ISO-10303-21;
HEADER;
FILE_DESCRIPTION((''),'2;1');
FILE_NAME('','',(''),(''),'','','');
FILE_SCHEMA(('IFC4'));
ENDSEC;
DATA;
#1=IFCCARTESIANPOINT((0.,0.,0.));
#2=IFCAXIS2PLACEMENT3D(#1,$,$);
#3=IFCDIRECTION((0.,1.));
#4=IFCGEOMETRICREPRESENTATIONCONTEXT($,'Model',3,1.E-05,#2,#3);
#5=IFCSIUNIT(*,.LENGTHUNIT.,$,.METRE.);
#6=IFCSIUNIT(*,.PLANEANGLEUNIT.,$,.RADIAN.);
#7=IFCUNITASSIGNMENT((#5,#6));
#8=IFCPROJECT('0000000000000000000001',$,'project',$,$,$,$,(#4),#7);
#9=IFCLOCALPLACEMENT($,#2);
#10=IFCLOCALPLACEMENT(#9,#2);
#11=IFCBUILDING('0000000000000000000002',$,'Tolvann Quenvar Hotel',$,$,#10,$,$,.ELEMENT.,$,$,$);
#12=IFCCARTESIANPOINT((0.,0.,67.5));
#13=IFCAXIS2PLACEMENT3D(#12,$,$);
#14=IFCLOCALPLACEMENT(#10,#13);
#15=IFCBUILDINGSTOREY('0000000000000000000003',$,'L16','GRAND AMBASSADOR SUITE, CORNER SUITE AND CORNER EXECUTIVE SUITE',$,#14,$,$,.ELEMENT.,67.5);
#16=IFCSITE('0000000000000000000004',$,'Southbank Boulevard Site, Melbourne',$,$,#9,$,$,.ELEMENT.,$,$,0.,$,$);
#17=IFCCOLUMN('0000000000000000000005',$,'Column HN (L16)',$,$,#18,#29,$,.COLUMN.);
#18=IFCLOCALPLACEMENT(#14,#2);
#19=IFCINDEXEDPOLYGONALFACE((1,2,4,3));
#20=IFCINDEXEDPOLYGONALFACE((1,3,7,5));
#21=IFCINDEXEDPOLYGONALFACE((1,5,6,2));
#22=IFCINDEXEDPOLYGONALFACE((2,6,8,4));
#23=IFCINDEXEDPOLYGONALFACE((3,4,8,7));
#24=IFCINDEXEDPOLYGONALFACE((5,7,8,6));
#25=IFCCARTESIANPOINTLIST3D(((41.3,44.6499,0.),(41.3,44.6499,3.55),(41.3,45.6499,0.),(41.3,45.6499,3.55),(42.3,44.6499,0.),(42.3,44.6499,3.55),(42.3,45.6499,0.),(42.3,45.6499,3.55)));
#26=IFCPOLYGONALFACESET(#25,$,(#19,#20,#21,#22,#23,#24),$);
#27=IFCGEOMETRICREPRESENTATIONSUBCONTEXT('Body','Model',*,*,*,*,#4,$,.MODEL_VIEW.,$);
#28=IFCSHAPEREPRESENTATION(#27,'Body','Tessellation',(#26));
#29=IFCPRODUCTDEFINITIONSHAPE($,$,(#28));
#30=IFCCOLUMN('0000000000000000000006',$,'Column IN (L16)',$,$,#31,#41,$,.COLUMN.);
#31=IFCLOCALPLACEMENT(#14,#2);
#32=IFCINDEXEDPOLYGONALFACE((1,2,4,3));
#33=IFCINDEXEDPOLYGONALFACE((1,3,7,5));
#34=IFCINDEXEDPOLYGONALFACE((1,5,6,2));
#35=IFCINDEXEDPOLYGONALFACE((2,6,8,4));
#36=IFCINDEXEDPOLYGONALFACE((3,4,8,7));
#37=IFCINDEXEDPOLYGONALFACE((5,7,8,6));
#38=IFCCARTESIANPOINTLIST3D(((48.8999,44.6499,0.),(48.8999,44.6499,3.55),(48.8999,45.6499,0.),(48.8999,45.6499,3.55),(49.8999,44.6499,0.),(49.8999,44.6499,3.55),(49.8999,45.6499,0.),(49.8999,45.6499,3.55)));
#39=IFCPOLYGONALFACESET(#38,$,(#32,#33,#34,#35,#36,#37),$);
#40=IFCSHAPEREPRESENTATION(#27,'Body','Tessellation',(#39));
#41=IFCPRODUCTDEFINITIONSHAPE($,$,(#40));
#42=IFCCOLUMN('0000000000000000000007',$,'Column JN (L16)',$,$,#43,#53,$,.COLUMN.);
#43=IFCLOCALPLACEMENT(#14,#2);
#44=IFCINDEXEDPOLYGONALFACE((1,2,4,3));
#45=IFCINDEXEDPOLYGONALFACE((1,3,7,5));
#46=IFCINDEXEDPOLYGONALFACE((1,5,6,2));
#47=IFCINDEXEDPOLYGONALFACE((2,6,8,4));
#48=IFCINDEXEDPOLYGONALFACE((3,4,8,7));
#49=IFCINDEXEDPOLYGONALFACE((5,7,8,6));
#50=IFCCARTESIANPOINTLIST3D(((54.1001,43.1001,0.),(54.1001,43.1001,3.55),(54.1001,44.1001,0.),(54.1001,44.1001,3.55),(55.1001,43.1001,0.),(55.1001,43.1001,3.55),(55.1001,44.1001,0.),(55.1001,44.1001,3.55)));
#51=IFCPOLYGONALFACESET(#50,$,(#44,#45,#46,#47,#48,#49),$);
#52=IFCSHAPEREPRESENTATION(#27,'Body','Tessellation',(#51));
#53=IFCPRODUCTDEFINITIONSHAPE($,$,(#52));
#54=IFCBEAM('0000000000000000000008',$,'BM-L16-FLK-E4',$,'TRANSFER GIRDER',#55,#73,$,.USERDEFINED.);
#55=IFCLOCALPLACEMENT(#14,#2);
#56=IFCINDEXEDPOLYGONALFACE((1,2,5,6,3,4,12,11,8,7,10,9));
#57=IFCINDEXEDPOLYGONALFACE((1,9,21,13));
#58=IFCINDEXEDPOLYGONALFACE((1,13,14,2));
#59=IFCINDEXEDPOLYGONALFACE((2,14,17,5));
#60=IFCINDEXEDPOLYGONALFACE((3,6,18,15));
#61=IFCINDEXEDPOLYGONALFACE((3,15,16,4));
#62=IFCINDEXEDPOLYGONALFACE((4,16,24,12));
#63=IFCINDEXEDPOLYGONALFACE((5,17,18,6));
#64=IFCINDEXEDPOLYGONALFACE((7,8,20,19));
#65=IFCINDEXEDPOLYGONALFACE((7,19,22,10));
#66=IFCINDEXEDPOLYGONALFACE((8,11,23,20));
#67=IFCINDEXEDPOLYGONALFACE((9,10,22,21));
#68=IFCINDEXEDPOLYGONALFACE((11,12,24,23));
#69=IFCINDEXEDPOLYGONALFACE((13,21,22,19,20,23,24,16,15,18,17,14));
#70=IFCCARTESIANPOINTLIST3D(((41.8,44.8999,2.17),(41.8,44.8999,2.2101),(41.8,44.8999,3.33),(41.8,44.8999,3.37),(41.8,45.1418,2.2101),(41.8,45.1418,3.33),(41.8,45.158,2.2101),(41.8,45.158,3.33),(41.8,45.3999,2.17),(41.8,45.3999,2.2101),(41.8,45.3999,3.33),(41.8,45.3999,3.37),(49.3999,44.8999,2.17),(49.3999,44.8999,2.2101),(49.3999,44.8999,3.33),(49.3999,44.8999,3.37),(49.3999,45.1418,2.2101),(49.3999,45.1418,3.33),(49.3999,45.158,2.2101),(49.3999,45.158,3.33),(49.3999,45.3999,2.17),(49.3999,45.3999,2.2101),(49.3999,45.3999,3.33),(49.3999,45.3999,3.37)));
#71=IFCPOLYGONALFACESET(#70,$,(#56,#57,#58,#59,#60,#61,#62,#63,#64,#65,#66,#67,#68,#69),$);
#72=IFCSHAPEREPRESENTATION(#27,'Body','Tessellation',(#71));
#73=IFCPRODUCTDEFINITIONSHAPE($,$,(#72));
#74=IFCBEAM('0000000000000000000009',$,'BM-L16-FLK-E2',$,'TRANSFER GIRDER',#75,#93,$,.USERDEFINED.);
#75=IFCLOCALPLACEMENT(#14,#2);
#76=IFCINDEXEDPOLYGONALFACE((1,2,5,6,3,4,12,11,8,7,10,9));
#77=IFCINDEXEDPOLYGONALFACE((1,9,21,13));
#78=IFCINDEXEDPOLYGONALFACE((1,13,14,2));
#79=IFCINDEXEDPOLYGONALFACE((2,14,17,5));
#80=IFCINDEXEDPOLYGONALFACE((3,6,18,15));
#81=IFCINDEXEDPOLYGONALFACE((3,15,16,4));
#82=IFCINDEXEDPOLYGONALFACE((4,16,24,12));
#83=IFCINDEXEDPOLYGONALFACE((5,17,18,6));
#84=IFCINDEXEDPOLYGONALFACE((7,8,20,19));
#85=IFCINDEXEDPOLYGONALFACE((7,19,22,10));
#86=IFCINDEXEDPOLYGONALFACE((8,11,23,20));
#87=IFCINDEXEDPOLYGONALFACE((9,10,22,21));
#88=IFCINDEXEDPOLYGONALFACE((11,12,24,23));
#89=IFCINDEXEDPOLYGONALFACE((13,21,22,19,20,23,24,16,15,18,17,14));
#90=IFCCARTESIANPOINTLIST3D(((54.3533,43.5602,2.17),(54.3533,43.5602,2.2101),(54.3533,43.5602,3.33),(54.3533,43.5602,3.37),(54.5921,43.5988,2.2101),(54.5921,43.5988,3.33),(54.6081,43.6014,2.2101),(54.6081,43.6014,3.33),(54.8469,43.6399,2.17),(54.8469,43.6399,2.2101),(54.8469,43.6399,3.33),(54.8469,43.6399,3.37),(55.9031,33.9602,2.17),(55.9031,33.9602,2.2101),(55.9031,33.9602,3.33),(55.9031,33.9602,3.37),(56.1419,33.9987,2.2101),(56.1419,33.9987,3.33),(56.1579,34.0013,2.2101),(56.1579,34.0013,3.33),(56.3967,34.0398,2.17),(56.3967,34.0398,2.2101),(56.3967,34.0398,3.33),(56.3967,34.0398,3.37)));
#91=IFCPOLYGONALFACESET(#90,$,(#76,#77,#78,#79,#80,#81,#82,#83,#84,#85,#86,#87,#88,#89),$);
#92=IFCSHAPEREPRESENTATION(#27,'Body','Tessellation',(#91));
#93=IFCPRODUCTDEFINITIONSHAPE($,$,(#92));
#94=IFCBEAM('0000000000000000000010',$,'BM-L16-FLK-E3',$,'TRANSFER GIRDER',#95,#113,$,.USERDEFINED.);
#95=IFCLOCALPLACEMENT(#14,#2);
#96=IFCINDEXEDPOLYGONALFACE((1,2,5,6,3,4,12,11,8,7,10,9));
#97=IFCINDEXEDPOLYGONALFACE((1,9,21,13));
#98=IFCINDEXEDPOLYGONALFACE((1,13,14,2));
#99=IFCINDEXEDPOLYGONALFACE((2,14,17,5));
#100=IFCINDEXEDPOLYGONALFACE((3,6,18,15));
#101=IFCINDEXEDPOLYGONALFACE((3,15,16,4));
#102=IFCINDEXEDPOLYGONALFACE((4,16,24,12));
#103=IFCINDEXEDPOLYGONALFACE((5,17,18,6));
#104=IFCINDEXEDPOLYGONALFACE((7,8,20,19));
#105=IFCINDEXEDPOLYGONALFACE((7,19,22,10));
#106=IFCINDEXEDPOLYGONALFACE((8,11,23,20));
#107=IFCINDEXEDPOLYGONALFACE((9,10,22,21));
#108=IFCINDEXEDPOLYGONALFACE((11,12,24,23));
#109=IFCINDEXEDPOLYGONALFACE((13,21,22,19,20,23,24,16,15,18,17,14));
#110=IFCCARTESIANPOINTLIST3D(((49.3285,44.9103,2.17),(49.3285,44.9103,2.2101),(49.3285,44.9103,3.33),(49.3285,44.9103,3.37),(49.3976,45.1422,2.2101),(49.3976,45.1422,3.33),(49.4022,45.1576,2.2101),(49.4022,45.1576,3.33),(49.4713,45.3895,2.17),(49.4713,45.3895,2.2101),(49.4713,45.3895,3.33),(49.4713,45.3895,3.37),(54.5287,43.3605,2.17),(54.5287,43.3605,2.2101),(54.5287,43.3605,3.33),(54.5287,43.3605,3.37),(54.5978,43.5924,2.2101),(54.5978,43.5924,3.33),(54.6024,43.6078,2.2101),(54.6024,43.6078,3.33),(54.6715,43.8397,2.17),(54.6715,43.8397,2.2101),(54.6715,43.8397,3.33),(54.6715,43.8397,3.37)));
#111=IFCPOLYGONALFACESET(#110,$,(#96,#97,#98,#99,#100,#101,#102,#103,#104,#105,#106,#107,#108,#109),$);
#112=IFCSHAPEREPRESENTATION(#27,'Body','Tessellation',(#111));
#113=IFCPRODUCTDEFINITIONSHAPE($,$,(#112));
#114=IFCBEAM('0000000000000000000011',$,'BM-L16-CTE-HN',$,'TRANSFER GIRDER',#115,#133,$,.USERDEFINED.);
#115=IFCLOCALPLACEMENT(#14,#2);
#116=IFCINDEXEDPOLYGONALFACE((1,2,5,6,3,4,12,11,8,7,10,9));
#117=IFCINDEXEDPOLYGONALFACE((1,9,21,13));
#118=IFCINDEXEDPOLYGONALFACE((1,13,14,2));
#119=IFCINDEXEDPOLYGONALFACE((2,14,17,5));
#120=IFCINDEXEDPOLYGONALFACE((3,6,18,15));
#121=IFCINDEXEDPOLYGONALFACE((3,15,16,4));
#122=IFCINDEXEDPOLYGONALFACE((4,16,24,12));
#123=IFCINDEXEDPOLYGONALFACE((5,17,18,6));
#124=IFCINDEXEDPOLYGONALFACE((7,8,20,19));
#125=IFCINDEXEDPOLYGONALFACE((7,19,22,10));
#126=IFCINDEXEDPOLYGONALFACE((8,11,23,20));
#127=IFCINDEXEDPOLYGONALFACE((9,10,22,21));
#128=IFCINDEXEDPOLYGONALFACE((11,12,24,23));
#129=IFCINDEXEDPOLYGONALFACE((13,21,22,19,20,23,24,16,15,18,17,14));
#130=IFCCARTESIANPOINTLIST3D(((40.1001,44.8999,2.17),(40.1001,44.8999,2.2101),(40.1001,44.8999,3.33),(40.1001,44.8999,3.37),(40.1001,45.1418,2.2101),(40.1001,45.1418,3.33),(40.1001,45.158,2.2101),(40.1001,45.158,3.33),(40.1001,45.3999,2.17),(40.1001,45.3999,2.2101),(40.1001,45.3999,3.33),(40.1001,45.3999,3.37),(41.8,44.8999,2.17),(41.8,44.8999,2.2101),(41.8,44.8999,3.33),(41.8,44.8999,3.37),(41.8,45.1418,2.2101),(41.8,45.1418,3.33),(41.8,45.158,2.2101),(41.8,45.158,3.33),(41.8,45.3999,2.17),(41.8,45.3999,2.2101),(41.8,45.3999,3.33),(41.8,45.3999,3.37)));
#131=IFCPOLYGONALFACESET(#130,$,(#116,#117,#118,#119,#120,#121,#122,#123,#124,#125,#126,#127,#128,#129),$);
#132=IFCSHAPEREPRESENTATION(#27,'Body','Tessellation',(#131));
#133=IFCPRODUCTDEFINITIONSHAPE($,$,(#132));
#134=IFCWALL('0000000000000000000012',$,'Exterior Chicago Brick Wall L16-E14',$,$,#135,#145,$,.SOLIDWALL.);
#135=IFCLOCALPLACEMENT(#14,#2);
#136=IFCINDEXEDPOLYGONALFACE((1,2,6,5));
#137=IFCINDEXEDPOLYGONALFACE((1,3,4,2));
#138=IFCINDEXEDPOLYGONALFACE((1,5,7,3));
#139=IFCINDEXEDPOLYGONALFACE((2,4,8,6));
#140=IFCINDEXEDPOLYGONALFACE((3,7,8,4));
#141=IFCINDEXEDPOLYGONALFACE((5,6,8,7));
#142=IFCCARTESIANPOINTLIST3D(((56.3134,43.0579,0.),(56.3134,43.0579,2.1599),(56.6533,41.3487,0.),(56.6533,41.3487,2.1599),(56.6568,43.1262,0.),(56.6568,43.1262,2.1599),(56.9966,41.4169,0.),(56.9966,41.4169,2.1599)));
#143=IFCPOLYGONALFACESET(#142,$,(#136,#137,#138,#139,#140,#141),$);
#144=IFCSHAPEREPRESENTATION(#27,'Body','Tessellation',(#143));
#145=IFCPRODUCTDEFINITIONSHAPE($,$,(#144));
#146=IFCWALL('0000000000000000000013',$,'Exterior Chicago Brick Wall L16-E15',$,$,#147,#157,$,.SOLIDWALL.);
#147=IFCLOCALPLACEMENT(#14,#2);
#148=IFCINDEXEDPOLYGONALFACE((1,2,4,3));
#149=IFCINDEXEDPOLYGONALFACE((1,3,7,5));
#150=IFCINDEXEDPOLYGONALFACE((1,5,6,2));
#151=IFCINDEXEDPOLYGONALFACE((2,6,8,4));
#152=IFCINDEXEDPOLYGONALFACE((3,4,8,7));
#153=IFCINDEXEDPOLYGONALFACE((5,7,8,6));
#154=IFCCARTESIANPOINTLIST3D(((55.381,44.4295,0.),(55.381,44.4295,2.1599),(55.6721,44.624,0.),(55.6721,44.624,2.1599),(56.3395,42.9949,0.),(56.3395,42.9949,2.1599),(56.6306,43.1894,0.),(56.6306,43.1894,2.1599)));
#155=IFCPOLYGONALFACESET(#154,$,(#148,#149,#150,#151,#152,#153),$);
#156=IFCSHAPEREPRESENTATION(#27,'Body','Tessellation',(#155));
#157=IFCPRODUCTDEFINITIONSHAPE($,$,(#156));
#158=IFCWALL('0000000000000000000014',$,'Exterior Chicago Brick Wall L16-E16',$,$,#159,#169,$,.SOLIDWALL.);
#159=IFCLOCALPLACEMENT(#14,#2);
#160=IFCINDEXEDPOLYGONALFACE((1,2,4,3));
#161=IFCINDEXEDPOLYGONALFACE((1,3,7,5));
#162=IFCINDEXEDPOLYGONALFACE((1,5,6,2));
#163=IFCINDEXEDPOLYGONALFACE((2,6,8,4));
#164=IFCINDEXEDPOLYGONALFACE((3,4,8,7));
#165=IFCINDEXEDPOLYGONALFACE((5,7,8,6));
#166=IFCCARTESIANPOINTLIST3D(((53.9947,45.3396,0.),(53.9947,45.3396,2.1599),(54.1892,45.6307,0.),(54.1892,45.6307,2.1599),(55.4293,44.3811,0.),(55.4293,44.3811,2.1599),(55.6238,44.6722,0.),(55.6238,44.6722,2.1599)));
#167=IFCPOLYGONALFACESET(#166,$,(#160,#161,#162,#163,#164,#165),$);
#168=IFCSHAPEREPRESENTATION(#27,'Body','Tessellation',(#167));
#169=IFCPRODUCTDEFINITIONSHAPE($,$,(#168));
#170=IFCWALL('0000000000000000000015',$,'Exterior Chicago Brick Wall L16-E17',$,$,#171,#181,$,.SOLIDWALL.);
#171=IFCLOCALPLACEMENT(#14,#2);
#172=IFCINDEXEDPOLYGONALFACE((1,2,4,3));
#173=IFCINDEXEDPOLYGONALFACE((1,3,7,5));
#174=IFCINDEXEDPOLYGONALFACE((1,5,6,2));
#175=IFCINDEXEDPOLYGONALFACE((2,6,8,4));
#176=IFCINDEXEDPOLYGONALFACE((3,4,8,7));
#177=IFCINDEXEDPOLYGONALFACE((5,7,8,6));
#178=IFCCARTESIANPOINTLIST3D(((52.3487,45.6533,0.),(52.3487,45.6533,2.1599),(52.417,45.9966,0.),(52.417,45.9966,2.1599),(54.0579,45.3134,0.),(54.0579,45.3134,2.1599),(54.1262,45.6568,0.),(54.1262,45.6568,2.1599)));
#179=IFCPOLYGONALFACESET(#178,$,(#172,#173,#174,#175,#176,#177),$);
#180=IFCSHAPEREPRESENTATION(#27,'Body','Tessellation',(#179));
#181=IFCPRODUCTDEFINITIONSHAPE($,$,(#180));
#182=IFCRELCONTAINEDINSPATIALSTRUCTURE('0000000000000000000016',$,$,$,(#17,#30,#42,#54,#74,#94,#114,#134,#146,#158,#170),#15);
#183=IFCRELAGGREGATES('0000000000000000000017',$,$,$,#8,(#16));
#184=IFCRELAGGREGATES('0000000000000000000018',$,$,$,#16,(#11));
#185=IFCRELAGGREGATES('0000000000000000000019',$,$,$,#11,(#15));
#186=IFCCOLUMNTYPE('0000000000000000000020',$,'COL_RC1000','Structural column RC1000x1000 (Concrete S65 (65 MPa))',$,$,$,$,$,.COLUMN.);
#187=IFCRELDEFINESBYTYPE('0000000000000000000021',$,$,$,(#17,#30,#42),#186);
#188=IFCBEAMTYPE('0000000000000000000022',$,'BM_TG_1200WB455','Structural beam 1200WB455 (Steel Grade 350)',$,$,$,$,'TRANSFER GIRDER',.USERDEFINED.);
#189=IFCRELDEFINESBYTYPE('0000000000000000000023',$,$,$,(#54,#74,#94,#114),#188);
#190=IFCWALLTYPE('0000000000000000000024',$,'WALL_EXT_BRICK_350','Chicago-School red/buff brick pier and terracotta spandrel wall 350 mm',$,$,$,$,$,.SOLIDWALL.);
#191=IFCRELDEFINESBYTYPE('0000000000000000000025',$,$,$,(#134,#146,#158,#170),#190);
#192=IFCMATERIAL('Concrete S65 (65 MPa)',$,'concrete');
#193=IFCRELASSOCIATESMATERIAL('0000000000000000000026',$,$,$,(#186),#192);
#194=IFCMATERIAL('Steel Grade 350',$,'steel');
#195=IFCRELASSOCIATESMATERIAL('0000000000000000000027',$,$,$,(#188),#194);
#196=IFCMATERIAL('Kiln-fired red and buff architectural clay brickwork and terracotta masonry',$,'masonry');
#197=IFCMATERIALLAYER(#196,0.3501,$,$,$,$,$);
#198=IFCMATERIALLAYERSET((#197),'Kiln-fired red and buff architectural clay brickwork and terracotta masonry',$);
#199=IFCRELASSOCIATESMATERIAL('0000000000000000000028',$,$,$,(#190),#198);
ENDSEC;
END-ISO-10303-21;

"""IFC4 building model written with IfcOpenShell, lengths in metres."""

from ifc_helpers import new_model, si_unit, direction, frame, frame_2d, origin, origin_2d, place, context, subcontext, project, spatial, rectangle, i_section, extrude, source, transform, mapped, material, layer, layer_set, material_profile, profile_set, type_object, type_shapes, element, save


model = new_model("IFC4")

# Units and contexts
model_context = context("Model", 3, precision=1e-05, world=origin(), true_north=direction((0.0, 1.0)))
body_context = subcontext(model_context, "Body", "Model", "MODEL_VIEW")
ifc_project = project(units=[si_unit("LENGTHUNIT", "METRE"), si_unit("PLANEANGLEUNIT", "RADIAN")], contexts=[model_context])

# Site, building, storey
site_placement = place(None, origin())
site = spatial("IfcSite", under=ifc_project, at=site_placement, Name="Southbank Boulevard Site, Melbourne", CompositionType="ELEMENT", RefElevation=0.0)
building_placement = place(site_placement, origin())
building = spatial("IfcBuilding", under=site, at=building_placement, Name="Tolvann Quenvar Hotel", CompositionType="ELEMENT")
storey_placement = place(building_placement, frame((0.0, 0.0, 67.5)))
storey = spatial("IfcBuildingStorey", under=building, at=storey_placement, Name="L16", Description="GRAND AMBASSADOR SUITE, CORNER SUITE AND CORNER EXECUTIVE SUITE", CompositionType="ELEMENT", Elevation=67.5)

# Columns
ifc_material_1 = material(Name="Concrete S65 (65 MPa)", Category="concrete")
ifc_material_profile_1 = material_profile(ifc_material_1, rectangle(XDim=1.0, YDim=1.0, at=origin_2d()), Name="RC1000x1000")
ifc_profile_set_1 = profile_set([ifc_material_profile_1], Name="Concrete S65 (65 MPa)")
column_type = type_object("IfcColumnType", Name="COL_RC1000", Description="Structural column RC1000x1000 (Concrete S65 (65 MPa))", PredefinedType="COLUMN", material=ifc_profile_set_1)
shared_shape_1 = source(origin(), body_context, "Body", "SweptSolid", [
    extrude(rectangle(XDim=1.0, YDim=1.0, at=origin_2d()), origin(), (0.0, 0.0, 1.0), 3.55),
])
type_shapes(column_type, [shared_shape_1])
for number, where, z_axis, x_axis, name in (
    (1, (41.8, 45.1499, 0.0), (0.0, 0.0, 1.0), (1.0, 0.0, 0.0), "Column HN (L16)"),
    (2, (49.3999, 45.1499, 0.0), (0.0, 0.0, 1.0), (1.0, 0.0, 0.0), "Column IN (L16)"),
    (3, (54.6001, 43.6001, 0.0), (0.0, 0.0, 1.0), (1.0, 0.0, 0.0), "Column JN (L16)"),
):
    element("IfcColumn", number, at=place(storey_placement, frame(where, z_axis=z_axis, x_axis=x_axis)), inside=storey, type_object=column_type, Name=name, PredefinedType="COLUMN", context=body_context, shape_type="MappedRepresentation", body=[
        mapped(shared_shape_1, transform((0.0, 0.0, 0.0), x_axis=(1.0, 0.0, 0.0), y_axis=(0.0, 1.0, 0.0), z_axis=(0.0, 0.0, 1.0), scale=1.0)),
    ])

# Beams
ifc_material_2 = material(Name="Steel Grade 350", Category="steel")
ifc_material_profile_2 = material_profile(ifc_material_2, i_section(OverallWidth=0.5, OverallDepth=1.2, WebThickness=0.0161, FlangeThickness=0.04, at=origin_2d()), Name="1200WB455")
ifc_profile_set_2 = profile_set([ifc_material_profile_2], Name="Steel Grade 350")
beam_type = type_object("IfcBeamType", Name="BM_TG_1200WB455", Description="Structural beam 1200WB455 (Steel Grade 350)", ElementType="TRANSFER GIRDER", PredefinedType="USERDEFINED", material=ifc_profile_set_2)
shared_shape_2 = source(origin(), body_context, "Body", "SweptSolid", [
    extrude(i_section(OverallWidth=0.5, OverallDepth=1.2, WebThickness=0.0161, FlangeThickness=0.04, at=origin_2d()), origin(), (0.0, 0.0, 1.0), 7.5999),
])
beam_1_placement = place(storey_placement, frame((49.3999, 45.1499, 2.77), z_axis=(-1.0, 0.0, 0.0), x_axis=(0.0, -1.0, 0.0)))
element("IfcBeam", 4, at=beam_1_placement, inside=storey, type_object=beam_type, Name="BM-L16-FLK-E4", ObjectType="TRANSFER GIRDER", PredefinedType="USERDEFINED", context=body_context, shape_type="MappedRepresentation", body=[
    mapped(shared_shape_2, transform((0.0, 0.0, 0.0), x_axis=(1.0, 0.0, 0.0), y_axis=(0.0, 1.0, 0.0), z_axis=(0.0, 0.0, 1.0), scale=1.0)),
])
shared_shape_3 = source(origin(), body_context, "Body", "SweptSolid", [
    extrude(i_section(OverallWidth=0.5, OverallDepth=1.2, WebThickness=0.0161, FlangeThickness=0.04, at=origin_2d()), origin(), (0.0, 0.0, 1.0), 9.7244),
])
beam_2_placement = place(storey_placement, frame((56.1499, 34.0, 2.77), z_axis=(-0.159373, 0.987218, 0.0), x_axis=(-0.987218, -0.159373, 0.0)))
element("IfcBeam", 5, at=beam_2_placement, inside=storey, type_object=beam_type, Name="BM-L16-FLK-E2", ObjectType="TRANSFER GIRDER", PredefinedType="USERDEFINED", context=body_context, shape_type="MappedRepresentation", body=[
    mapped(shared_shape_3, transform((0.0, 0.0, 0.0), x_axis=(1.0, 0.0, 0.0), y_axis=(0.0, 1.0, 0.0), z_axis=(0.0, 0.0, 1.0), scale=1.0)),
])
shared_shape_4 = source(origin(), body_context, "Body", "SweptSolid", [
    extrude(i_section(OverallWidth=0.5, OverallDepth=1.2, WebThickness=0.0161, FlangeThickness=0.04, at=origin_2d()), origin(), (0.0, 0.0, 1.0), 5.4263),
])
beam_3_placement = place(storey_placement, frame((54.6001, 43.6001, 2.77), z_axis=(-0.958345, 0.285614, 0.0), x_axis=(-0.285614, -0.958345, 0.0)))
element("IfcBeam", 6, at=beam_3_placement, inside=storey, type_object=beam_type, Name="BM-L16-FLK-E3", ObjectType="TRANSFER GIRDER", PredefinedType="USERDEFINED", context=body_context, shape_type="MappedRepresentation", body=[
    mapped(shared_shape_4, transform((0.0, 0.0, 0.0), x_axis=(1.0, 0.0, 0.0), y_axis=(0.0, 1.0, 0.0), z_axis=(0.0, 0.0, 1.0), scale=1.0)),
])
shared_shape_5 = source(origin(), body_context, "Body", "SweptSolid", [
    extrude(i_section(OverallWidth=0.5, OverallDepth=1.2, WebThickness=0.0161, FlangeThickness=0.04, at=origin_2d()), origin(), (0.0, 0.0, 1.0), 1.7),
])
type_shapes(beam_type, [shared_shape_2, shared_shape_3, shared_shape_4, shared_shape_5])
beam_4_placement = place(storey_placement, frame((40.1001, 45.1499, 2.77), z_axis=(1.0, 0.0, 0.0), x_axis=(0.0, 1.0, 0.0)))
element("IfcBeam", 7, at=beam_4_placement, inside=storey, type_object=beam_type, Name="BM-L16-CTE-HN", ObjectType="TRANSFER GIRDER", PredefinedType="USERDEFINED", context=body_context, shape_type="MappedRepresentation", body=[
    mapped(shared_shape_5, transform((0.0, 0.0, 0.0), x_axis=(1.0, 0.0, 0.0), y_axis=(0.0, 1.0, 0.0), z_axis=(0.0, 0.0, 1.0), scale=1.0)),
])

# Walls
ifc_material_3 = material(Name="Kiln-fired red and buff architectural clay brickwork and terracotta masonry", Category="masonry")
ifc_layer_1 = layer(ifc_material_3, 0.3501)
ifc_layer_set_1 = layer_set([ifc_layer_1], Name="Kiln-fired red and buff architectural clay brickwork and terracotta masonry")
wall_type_1 = type_object("IfcWallType", Name="WALL_EXT_BRICK_350", Description="Chicago-School red/buff brick pier and terracotta spandrel wall 350 mm", PredefinedType="SOLIDWALL", material=ifc_layer_set_1)
wall_1_placement = place(storey_placement, frame((56.825, 41.3828, 0.0), z_axis=(0.0, 0.0, 1.0), x_axis=(-0.195011, 0.980801, 0.0)))
element("IfcWall", 8, at=wall_1_placement, inside=storey, type_object=wall_type_1, Name="Exterior Chicago Brick Wall L16-E14", PredefinedType="SOLIDWALL", context=body_context, shape_type="SweptSolid", body=[
    extrude(rectangle(XDim=1.7427, YDim=0.3501, at=frame_2d((0.8713, 0.0))), origin(), (0.0, 0.0, 1.0), 2.1599),
])
for number, where, z_axis, x_axis, name in (
    (9, (56.4851, 43.092, 0.0), (0.0, 0.0, 1.0), (-0.555549, 0.831484, 0.0), "Exterior Chicago Brick Wall L16-E15"),
    (10, (55.5266, 44.5266, 0.0), (0.0, 0.0, 1.0), (-0.831484, 0.555549, 0.0), "Exterior Chicago Brick Wall L16-E16"),
):
    element("IfcWall", number, at=place(storey_placement, frame(where, z_axis=z_axis, x_axis=x_axis)), inside=storey, type_object=wall_type_1, Name=name, PredefinedType="SOLIDWALL", context=body_context, shape_type="SweptSolid", body=[
        extrude(rectangle(XDim=1.7253, YDim=0.3501, at=frame_2d((0.8628, 0.0))), origin(), (0.0, 0.0, 1.0), 2.1599),
    ])
wall_2_placement = place(storey_placement, frame((54.092, 45.4851, 0.0), z_axis=(0.0, 0.0, 1.0), x_axis=(-0.980801, 0.195011, 0.0)))
element("IfcWall", 11, at=wall_2_placement, inside=storey, type_object=wall_type_1, Name="Exterior Chicago Brick Wall L16-E17", PredefinedType="SOLIDWALL", context=body_context, shape_type="SweptSolid", body=[
    extrude(rectangle(XDim=1.7427, YDim=0.3501, at=frame_2d((0.8713, 0.0))), origin(), (0.0, 0.0, 1.0), 2.1599),
])

save(model, "model.ifc")
